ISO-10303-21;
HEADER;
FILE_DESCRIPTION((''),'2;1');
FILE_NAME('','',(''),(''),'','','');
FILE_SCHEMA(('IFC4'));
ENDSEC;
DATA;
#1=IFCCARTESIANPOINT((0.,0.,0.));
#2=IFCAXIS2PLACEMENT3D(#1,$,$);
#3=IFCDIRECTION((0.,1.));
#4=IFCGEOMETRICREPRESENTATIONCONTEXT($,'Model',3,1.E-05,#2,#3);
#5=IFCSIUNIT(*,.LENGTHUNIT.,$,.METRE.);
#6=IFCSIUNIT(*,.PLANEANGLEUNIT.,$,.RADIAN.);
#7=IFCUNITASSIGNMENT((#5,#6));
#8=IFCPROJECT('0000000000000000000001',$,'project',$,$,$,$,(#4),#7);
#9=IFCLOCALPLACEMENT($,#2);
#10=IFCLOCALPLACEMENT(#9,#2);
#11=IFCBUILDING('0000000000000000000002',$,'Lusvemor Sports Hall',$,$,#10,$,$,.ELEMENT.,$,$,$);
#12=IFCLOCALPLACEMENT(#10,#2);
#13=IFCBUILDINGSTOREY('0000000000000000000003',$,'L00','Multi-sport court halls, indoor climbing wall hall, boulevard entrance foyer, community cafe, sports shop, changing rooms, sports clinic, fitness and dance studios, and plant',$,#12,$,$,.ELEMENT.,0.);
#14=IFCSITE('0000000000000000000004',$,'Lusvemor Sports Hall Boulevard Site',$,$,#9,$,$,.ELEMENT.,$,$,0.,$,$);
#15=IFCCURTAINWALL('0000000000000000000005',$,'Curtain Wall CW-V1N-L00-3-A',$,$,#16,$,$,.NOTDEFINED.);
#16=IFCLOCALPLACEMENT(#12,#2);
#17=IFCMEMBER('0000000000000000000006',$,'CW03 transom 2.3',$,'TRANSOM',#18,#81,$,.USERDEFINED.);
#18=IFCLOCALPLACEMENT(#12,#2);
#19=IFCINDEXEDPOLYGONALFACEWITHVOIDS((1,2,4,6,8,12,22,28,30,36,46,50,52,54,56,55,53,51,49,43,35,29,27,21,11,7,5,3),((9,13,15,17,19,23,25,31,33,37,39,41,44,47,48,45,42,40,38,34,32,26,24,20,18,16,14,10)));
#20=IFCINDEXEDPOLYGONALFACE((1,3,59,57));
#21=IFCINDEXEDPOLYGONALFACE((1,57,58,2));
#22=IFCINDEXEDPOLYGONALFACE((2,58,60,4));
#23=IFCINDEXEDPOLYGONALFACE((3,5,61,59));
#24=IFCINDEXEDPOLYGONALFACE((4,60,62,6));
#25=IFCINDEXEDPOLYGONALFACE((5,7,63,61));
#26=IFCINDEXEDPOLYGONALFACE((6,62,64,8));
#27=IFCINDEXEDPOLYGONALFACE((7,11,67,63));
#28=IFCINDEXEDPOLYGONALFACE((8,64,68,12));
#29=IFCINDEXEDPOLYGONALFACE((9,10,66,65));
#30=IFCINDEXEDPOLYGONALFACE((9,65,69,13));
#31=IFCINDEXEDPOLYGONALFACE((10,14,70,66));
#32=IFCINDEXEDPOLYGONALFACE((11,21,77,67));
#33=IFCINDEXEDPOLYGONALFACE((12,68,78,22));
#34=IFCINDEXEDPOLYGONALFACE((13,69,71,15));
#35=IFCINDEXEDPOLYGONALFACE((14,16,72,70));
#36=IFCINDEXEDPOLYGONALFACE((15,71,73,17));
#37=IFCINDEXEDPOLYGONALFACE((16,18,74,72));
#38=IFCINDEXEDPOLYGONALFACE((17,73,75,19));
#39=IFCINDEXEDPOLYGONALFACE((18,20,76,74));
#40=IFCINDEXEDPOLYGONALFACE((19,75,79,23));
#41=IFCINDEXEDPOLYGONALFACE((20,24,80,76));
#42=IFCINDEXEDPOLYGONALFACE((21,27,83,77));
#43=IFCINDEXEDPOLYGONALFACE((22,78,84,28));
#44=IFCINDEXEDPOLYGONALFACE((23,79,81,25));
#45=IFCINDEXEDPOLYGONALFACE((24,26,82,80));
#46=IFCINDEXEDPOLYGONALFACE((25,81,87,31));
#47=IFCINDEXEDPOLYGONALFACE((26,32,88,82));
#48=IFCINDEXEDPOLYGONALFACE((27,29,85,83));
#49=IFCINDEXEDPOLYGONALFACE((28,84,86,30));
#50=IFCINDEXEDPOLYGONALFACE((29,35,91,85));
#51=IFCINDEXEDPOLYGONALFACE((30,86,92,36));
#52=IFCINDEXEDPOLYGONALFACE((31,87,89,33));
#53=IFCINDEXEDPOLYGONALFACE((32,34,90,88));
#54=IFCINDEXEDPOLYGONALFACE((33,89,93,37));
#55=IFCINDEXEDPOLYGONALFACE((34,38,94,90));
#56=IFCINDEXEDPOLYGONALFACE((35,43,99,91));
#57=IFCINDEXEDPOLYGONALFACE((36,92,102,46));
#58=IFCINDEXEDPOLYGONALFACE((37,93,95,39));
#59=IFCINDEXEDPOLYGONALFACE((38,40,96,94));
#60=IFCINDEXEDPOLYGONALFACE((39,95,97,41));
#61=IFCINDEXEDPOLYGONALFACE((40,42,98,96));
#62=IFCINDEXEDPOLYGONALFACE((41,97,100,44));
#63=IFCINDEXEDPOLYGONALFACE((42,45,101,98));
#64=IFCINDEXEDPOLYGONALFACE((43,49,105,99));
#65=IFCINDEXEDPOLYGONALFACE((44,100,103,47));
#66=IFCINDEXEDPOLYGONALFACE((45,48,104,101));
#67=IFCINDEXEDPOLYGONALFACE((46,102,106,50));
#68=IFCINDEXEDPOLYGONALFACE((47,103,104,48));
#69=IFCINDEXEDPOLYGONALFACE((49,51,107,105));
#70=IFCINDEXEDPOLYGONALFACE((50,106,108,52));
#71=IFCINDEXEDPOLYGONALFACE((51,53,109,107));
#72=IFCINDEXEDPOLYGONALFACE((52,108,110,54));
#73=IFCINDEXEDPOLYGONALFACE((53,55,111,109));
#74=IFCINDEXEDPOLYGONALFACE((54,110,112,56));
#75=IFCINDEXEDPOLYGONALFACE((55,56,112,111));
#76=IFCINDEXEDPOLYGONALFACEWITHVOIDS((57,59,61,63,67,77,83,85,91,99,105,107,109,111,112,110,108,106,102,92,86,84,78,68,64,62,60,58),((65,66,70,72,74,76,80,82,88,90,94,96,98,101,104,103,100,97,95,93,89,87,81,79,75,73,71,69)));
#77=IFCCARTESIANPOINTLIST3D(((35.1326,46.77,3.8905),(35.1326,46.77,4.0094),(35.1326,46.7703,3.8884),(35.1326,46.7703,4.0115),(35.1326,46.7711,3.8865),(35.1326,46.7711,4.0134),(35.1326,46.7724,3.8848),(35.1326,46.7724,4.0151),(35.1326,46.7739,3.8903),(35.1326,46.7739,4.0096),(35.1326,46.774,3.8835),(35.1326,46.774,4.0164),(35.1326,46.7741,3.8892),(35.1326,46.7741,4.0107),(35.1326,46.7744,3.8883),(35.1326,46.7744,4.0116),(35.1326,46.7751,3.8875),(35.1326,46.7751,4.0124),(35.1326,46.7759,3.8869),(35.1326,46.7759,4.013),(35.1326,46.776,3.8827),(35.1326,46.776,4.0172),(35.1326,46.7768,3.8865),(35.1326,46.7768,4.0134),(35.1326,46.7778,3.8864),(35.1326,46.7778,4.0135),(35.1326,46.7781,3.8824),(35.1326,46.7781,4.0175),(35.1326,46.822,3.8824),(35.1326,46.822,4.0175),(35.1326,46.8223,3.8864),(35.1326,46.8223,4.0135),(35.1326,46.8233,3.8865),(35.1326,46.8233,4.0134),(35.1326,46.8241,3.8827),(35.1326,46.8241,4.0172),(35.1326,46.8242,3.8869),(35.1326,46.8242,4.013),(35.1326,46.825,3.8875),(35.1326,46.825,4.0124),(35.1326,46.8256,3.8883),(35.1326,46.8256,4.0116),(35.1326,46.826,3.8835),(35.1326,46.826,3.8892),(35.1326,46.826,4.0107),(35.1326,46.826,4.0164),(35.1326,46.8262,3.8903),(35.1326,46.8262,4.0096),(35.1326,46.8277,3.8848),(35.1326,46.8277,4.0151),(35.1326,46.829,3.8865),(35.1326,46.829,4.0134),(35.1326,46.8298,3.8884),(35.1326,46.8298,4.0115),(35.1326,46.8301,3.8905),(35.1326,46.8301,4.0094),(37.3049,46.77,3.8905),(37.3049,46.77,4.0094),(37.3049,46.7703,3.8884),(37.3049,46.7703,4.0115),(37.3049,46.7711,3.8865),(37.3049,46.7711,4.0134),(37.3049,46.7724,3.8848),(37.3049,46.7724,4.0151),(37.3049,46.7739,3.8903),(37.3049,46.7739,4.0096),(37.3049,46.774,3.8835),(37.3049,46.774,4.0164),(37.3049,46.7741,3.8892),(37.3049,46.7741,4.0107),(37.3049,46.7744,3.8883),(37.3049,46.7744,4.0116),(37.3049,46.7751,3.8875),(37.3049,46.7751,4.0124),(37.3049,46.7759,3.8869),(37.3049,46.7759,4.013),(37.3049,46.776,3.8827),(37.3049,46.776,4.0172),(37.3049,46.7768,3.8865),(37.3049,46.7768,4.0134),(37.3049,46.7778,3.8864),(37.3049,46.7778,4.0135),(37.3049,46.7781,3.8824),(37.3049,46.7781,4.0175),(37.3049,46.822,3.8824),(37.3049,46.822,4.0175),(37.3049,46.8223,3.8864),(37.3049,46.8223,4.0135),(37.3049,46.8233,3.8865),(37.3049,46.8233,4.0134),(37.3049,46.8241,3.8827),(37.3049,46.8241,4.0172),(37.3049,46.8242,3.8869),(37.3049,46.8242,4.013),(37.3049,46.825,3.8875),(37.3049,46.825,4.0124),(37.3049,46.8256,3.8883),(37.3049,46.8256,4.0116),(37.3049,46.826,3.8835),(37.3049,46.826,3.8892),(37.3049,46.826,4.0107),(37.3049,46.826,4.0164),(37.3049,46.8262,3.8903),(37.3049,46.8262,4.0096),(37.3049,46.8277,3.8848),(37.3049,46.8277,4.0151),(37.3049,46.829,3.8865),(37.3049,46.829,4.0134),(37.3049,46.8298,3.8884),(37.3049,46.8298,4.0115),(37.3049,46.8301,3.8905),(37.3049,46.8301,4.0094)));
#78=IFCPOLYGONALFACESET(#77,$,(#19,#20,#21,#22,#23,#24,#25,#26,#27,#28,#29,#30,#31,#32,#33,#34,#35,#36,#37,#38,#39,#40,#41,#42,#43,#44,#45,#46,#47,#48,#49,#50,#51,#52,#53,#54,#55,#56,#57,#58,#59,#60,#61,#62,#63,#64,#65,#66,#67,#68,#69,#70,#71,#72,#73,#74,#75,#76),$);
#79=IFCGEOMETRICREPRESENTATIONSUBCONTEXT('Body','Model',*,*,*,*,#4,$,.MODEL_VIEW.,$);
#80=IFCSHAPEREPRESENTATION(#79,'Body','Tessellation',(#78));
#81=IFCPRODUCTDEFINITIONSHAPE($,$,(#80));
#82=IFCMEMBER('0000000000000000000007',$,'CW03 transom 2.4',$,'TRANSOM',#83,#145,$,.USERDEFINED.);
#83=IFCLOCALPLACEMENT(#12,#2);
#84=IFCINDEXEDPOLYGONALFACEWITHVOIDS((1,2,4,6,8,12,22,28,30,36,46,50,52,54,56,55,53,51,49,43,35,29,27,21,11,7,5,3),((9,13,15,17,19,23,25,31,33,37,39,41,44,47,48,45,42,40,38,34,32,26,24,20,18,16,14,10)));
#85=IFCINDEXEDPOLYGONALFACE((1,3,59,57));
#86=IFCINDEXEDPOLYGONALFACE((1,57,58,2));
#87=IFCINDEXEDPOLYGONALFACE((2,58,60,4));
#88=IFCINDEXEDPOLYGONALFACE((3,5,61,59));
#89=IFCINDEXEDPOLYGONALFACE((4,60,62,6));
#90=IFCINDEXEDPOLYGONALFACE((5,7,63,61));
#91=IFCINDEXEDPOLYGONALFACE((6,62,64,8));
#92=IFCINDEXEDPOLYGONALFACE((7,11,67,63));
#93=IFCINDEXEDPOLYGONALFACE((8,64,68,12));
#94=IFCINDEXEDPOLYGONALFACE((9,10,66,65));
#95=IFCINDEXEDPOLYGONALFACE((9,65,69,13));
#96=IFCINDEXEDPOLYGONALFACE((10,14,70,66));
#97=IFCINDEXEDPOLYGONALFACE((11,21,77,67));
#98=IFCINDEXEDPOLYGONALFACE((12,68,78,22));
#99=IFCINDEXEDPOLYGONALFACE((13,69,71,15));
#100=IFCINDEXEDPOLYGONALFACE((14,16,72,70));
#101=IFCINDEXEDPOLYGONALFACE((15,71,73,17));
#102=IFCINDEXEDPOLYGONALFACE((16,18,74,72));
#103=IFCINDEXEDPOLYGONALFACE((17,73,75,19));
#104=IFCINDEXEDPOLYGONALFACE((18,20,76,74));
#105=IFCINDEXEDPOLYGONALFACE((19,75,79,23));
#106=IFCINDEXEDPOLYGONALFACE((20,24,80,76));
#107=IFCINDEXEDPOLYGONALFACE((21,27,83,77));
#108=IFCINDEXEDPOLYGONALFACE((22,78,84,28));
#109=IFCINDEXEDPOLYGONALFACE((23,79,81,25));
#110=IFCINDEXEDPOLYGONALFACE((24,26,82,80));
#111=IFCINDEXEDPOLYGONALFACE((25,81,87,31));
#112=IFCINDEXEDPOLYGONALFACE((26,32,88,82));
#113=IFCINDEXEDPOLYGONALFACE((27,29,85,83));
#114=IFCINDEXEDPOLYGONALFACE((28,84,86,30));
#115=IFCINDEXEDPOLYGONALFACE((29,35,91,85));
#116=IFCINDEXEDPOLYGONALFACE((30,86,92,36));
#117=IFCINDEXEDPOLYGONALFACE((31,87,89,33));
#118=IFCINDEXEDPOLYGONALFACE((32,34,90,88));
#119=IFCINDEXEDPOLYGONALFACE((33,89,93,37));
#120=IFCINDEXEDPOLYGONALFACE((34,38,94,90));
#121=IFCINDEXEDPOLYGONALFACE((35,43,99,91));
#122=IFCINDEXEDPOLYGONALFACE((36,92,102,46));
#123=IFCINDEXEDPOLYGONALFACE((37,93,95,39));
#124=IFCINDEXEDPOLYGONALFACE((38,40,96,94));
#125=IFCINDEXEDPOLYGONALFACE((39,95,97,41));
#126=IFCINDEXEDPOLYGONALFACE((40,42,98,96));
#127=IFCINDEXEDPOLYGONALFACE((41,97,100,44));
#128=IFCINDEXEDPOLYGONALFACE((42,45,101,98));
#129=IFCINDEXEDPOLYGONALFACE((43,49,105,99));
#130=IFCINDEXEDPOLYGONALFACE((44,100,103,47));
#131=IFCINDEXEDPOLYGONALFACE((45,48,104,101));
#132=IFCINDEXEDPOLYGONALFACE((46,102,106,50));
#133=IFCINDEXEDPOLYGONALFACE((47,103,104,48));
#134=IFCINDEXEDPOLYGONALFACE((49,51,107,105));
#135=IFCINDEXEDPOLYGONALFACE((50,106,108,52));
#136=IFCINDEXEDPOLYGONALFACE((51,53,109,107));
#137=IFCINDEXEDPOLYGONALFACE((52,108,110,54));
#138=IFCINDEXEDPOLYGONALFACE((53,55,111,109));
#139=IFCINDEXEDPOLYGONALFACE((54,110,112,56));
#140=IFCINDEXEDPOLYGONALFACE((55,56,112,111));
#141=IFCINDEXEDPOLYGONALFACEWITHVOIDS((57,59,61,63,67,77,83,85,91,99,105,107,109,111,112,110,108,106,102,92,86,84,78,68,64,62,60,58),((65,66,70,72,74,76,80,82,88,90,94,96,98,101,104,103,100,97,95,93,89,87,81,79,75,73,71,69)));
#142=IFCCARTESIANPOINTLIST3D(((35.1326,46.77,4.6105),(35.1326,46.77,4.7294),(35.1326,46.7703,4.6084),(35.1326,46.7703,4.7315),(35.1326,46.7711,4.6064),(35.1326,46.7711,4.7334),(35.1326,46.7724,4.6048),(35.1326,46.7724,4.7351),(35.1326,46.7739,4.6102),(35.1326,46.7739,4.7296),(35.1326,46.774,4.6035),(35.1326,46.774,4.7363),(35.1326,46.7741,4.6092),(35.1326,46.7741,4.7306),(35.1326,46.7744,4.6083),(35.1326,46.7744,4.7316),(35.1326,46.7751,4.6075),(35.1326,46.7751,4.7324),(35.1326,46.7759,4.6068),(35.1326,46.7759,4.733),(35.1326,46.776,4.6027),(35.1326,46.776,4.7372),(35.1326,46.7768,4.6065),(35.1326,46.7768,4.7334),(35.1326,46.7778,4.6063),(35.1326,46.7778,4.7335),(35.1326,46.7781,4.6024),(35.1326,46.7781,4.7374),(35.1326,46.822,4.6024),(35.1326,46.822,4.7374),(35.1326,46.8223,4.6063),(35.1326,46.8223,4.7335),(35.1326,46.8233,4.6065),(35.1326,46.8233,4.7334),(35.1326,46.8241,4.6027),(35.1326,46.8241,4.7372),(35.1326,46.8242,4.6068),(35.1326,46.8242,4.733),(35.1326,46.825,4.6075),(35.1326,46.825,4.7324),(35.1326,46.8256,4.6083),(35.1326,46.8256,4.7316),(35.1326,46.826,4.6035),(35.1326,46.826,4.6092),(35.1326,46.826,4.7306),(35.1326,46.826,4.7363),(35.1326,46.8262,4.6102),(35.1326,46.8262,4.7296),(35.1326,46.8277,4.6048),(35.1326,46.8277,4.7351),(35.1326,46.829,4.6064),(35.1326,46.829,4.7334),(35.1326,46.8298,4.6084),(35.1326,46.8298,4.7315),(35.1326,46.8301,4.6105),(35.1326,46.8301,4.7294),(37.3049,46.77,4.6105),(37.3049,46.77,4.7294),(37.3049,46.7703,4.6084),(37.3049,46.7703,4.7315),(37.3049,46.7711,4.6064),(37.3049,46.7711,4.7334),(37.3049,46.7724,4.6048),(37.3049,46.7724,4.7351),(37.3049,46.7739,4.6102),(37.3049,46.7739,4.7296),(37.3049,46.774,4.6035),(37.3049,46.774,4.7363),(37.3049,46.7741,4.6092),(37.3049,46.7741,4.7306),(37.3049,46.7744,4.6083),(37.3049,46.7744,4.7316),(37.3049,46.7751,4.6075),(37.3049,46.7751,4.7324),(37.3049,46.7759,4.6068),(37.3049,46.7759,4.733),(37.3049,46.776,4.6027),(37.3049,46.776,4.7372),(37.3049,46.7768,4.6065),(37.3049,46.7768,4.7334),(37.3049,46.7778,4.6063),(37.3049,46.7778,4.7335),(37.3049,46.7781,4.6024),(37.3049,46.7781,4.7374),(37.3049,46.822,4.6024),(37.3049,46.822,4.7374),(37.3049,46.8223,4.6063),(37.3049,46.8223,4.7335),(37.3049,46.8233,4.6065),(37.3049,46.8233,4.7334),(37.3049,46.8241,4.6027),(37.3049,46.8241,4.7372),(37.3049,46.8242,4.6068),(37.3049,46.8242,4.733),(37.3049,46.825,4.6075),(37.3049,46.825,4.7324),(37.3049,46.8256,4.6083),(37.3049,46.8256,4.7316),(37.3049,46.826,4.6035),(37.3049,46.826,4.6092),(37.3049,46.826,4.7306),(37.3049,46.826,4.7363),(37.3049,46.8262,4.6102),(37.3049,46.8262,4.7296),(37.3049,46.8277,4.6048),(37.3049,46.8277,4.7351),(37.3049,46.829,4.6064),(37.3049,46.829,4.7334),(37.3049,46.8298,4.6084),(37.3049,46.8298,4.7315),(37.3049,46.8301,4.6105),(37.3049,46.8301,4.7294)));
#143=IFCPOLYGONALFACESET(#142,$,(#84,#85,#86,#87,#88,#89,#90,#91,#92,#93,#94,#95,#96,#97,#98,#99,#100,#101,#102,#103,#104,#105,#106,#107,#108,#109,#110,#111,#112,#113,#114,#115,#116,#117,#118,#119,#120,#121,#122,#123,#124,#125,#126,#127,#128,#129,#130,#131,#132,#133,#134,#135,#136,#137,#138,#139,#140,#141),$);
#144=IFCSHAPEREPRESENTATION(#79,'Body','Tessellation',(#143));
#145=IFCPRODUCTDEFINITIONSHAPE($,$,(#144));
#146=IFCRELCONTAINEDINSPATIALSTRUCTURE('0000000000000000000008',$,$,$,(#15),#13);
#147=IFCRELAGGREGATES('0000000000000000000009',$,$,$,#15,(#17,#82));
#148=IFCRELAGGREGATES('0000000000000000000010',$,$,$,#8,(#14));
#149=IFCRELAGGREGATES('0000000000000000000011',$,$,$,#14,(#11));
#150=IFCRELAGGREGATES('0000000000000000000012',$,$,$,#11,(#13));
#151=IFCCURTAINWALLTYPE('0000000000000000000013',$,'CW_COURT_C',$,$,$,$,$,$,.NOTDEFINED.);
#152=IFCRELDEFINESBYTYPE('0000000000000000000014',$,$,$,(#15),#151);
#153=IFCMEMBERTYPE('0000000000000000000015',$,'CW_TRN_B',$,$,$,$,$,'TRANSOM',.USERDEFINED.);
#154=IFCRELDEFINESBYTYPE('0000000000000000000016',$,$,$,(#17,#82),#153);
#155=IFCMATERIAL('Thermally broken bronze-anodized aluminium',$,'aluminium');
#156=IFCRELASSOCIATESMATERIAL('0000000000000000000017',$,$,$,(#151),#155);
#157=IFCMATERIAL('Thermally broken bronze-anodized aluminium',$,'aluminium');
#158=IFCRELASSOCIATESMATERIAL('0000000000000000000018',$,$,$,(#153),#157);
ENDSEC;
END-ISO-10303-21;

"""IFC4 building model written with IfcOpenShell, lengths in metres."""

from ifc_helpers import new_model, si_unit, direction, frame, origin, origin_2d, place, context, subcontext, project, spatial, hollow_rectangle, extrude, material, material_profile, profile_set, type_object, element, aggregate, save


model = new_model("IFC4")

# Units and contexts
model_context = context("Model", 3, precision=1e-05, world=origin(), true_north=direction((0.0, 1.0)))
body_context = subcontext(model_context, "Body", "Model", "MODEL_VIEW")
ifc_project = project(units=[si_unit("LENGTHUNIT", "METRE"), si_unit("PLANEANGLEUNIT", "RADIAN")], contexts=[model_context])

# Site, building, storey
site_placement = place(None, origin())
site = spatial("IfcSite", under=ifc_project, at=site_placement, Name="Lusvemor Sports Hall Boulevard Site", CompositionType="ELEMENT", RefElevation=0.0)
building_placement = place(site_placement, origin())
building = spatial("IfcBuilding", under=site, at=building_placement, Name="Lusvemor Sports Hall", CompositionType="ELEMENT")
storey_placement = place(building_placement, origin())
storey = spatial("IfcBuildingStorey", under=building, at=storey_placement, Name="L00", Description="Multi-sport court halls, indoor climbing wall hall, boulevard entrance foyer, community cafe, sports shop, changing rooms, sports clinic, fitness and dance studios, and plant", CompositionType="ELEMENT", Elevation=0.0)

# Curtain wall
ifc_material_1 = material(Name="Thermally broken bronze-anodized aluminium", Category="aluminium")
curtain_wall_type = type_object("IfcCurtainWallType", Name="CW_COURT_C", PredefinedType="NOTDEFINED", material=ifc_material_1)
curtain_wall_1_placement = place(storey_placement, origin())
curtain_wall_1 = element("IfcCurtainWall", 1, at=curtain_wall_1_placement, inside=storey, type_object=curtain_wall_type, Name="Curtain Wall CW-V1N-L00-3-A", PredefinedType="NOTDEFINED")

# Members
ifc_material_2 = material(Name="Thermally broken bronze-anodized aluminium", Category="aluminium")
ifc_material_profile_1 = material_profile(ifc_material_2, hollow_rectangle(XDim=0.0601, YDim=0.135, WallThickness=0.0039, InnerFilletRadius=0.0039, OuterFilletRadius=0.0081, at=origin_2d()), Name="CWTRN135x60x4")
ifc_profile_set_1 = profile_set([ifc_material_profile_1], Name="Thermally broken bronze-anodized aluminium")
member_type_1 = type_object("IfcMemberType", Name="CW_TRN_B", ElementType="TRANSOM", PredefinedType="USERDEFINED", material=ifc_profile_set_1)
member_1_placement = place(storey_placement, frame((35.1326, 46.8, 3.95), z_axis=(1.0, 0.0, 0.0), x_axis=(0.0, 1.0, 0.0)))
member_1 = element("IfcMember", 2, at=member_1_placement, type_object=member_type_1, Name="CW03 transom 2.3", ObjectType="TRANSOM", PredefinedType="USERDEFINED", context=body_context, shape_type="SweptSolid", body=[
    extrude(hollow_rectangle(XDim=0.0601, YDim=0.135, WallThickness=0.0039, InnerFilletRadius=0.0039, OuterFilletRadius=0.0081, at=origin_2d()), origin(), (0.0, 0.0, 1.0), 2.1724),
])
member_2_placement = place(storey_placement, frame((35.1326, 46.8, 4.6699), z_axis=(1.0, 0.0, 0.0), x_axis=(0.0, 1.0, 0.0)))
member_2 = element("IfcMember", 3, at=member_2_placement, type_object=member_type_1, Name="CW03 transom 2.4", ObjectType="TRANSOM", PredefinedType="USERDEFINED", context=body_context, shape_type="SweptSolid", body=[
    extrude(hollow_rectangle(XDim=0.0601, YDim=0.135, WallThickness=0.0039, InnerFilletRadius=0.0039, OuterFilletRadius=0.0081, at=origin_2d()), origin(), (0.0, 0.0, 1.0), 2.1724),
])

aggregate(curtain_wall_1, [member_1, member_2])

save(model, "model.ifc")
